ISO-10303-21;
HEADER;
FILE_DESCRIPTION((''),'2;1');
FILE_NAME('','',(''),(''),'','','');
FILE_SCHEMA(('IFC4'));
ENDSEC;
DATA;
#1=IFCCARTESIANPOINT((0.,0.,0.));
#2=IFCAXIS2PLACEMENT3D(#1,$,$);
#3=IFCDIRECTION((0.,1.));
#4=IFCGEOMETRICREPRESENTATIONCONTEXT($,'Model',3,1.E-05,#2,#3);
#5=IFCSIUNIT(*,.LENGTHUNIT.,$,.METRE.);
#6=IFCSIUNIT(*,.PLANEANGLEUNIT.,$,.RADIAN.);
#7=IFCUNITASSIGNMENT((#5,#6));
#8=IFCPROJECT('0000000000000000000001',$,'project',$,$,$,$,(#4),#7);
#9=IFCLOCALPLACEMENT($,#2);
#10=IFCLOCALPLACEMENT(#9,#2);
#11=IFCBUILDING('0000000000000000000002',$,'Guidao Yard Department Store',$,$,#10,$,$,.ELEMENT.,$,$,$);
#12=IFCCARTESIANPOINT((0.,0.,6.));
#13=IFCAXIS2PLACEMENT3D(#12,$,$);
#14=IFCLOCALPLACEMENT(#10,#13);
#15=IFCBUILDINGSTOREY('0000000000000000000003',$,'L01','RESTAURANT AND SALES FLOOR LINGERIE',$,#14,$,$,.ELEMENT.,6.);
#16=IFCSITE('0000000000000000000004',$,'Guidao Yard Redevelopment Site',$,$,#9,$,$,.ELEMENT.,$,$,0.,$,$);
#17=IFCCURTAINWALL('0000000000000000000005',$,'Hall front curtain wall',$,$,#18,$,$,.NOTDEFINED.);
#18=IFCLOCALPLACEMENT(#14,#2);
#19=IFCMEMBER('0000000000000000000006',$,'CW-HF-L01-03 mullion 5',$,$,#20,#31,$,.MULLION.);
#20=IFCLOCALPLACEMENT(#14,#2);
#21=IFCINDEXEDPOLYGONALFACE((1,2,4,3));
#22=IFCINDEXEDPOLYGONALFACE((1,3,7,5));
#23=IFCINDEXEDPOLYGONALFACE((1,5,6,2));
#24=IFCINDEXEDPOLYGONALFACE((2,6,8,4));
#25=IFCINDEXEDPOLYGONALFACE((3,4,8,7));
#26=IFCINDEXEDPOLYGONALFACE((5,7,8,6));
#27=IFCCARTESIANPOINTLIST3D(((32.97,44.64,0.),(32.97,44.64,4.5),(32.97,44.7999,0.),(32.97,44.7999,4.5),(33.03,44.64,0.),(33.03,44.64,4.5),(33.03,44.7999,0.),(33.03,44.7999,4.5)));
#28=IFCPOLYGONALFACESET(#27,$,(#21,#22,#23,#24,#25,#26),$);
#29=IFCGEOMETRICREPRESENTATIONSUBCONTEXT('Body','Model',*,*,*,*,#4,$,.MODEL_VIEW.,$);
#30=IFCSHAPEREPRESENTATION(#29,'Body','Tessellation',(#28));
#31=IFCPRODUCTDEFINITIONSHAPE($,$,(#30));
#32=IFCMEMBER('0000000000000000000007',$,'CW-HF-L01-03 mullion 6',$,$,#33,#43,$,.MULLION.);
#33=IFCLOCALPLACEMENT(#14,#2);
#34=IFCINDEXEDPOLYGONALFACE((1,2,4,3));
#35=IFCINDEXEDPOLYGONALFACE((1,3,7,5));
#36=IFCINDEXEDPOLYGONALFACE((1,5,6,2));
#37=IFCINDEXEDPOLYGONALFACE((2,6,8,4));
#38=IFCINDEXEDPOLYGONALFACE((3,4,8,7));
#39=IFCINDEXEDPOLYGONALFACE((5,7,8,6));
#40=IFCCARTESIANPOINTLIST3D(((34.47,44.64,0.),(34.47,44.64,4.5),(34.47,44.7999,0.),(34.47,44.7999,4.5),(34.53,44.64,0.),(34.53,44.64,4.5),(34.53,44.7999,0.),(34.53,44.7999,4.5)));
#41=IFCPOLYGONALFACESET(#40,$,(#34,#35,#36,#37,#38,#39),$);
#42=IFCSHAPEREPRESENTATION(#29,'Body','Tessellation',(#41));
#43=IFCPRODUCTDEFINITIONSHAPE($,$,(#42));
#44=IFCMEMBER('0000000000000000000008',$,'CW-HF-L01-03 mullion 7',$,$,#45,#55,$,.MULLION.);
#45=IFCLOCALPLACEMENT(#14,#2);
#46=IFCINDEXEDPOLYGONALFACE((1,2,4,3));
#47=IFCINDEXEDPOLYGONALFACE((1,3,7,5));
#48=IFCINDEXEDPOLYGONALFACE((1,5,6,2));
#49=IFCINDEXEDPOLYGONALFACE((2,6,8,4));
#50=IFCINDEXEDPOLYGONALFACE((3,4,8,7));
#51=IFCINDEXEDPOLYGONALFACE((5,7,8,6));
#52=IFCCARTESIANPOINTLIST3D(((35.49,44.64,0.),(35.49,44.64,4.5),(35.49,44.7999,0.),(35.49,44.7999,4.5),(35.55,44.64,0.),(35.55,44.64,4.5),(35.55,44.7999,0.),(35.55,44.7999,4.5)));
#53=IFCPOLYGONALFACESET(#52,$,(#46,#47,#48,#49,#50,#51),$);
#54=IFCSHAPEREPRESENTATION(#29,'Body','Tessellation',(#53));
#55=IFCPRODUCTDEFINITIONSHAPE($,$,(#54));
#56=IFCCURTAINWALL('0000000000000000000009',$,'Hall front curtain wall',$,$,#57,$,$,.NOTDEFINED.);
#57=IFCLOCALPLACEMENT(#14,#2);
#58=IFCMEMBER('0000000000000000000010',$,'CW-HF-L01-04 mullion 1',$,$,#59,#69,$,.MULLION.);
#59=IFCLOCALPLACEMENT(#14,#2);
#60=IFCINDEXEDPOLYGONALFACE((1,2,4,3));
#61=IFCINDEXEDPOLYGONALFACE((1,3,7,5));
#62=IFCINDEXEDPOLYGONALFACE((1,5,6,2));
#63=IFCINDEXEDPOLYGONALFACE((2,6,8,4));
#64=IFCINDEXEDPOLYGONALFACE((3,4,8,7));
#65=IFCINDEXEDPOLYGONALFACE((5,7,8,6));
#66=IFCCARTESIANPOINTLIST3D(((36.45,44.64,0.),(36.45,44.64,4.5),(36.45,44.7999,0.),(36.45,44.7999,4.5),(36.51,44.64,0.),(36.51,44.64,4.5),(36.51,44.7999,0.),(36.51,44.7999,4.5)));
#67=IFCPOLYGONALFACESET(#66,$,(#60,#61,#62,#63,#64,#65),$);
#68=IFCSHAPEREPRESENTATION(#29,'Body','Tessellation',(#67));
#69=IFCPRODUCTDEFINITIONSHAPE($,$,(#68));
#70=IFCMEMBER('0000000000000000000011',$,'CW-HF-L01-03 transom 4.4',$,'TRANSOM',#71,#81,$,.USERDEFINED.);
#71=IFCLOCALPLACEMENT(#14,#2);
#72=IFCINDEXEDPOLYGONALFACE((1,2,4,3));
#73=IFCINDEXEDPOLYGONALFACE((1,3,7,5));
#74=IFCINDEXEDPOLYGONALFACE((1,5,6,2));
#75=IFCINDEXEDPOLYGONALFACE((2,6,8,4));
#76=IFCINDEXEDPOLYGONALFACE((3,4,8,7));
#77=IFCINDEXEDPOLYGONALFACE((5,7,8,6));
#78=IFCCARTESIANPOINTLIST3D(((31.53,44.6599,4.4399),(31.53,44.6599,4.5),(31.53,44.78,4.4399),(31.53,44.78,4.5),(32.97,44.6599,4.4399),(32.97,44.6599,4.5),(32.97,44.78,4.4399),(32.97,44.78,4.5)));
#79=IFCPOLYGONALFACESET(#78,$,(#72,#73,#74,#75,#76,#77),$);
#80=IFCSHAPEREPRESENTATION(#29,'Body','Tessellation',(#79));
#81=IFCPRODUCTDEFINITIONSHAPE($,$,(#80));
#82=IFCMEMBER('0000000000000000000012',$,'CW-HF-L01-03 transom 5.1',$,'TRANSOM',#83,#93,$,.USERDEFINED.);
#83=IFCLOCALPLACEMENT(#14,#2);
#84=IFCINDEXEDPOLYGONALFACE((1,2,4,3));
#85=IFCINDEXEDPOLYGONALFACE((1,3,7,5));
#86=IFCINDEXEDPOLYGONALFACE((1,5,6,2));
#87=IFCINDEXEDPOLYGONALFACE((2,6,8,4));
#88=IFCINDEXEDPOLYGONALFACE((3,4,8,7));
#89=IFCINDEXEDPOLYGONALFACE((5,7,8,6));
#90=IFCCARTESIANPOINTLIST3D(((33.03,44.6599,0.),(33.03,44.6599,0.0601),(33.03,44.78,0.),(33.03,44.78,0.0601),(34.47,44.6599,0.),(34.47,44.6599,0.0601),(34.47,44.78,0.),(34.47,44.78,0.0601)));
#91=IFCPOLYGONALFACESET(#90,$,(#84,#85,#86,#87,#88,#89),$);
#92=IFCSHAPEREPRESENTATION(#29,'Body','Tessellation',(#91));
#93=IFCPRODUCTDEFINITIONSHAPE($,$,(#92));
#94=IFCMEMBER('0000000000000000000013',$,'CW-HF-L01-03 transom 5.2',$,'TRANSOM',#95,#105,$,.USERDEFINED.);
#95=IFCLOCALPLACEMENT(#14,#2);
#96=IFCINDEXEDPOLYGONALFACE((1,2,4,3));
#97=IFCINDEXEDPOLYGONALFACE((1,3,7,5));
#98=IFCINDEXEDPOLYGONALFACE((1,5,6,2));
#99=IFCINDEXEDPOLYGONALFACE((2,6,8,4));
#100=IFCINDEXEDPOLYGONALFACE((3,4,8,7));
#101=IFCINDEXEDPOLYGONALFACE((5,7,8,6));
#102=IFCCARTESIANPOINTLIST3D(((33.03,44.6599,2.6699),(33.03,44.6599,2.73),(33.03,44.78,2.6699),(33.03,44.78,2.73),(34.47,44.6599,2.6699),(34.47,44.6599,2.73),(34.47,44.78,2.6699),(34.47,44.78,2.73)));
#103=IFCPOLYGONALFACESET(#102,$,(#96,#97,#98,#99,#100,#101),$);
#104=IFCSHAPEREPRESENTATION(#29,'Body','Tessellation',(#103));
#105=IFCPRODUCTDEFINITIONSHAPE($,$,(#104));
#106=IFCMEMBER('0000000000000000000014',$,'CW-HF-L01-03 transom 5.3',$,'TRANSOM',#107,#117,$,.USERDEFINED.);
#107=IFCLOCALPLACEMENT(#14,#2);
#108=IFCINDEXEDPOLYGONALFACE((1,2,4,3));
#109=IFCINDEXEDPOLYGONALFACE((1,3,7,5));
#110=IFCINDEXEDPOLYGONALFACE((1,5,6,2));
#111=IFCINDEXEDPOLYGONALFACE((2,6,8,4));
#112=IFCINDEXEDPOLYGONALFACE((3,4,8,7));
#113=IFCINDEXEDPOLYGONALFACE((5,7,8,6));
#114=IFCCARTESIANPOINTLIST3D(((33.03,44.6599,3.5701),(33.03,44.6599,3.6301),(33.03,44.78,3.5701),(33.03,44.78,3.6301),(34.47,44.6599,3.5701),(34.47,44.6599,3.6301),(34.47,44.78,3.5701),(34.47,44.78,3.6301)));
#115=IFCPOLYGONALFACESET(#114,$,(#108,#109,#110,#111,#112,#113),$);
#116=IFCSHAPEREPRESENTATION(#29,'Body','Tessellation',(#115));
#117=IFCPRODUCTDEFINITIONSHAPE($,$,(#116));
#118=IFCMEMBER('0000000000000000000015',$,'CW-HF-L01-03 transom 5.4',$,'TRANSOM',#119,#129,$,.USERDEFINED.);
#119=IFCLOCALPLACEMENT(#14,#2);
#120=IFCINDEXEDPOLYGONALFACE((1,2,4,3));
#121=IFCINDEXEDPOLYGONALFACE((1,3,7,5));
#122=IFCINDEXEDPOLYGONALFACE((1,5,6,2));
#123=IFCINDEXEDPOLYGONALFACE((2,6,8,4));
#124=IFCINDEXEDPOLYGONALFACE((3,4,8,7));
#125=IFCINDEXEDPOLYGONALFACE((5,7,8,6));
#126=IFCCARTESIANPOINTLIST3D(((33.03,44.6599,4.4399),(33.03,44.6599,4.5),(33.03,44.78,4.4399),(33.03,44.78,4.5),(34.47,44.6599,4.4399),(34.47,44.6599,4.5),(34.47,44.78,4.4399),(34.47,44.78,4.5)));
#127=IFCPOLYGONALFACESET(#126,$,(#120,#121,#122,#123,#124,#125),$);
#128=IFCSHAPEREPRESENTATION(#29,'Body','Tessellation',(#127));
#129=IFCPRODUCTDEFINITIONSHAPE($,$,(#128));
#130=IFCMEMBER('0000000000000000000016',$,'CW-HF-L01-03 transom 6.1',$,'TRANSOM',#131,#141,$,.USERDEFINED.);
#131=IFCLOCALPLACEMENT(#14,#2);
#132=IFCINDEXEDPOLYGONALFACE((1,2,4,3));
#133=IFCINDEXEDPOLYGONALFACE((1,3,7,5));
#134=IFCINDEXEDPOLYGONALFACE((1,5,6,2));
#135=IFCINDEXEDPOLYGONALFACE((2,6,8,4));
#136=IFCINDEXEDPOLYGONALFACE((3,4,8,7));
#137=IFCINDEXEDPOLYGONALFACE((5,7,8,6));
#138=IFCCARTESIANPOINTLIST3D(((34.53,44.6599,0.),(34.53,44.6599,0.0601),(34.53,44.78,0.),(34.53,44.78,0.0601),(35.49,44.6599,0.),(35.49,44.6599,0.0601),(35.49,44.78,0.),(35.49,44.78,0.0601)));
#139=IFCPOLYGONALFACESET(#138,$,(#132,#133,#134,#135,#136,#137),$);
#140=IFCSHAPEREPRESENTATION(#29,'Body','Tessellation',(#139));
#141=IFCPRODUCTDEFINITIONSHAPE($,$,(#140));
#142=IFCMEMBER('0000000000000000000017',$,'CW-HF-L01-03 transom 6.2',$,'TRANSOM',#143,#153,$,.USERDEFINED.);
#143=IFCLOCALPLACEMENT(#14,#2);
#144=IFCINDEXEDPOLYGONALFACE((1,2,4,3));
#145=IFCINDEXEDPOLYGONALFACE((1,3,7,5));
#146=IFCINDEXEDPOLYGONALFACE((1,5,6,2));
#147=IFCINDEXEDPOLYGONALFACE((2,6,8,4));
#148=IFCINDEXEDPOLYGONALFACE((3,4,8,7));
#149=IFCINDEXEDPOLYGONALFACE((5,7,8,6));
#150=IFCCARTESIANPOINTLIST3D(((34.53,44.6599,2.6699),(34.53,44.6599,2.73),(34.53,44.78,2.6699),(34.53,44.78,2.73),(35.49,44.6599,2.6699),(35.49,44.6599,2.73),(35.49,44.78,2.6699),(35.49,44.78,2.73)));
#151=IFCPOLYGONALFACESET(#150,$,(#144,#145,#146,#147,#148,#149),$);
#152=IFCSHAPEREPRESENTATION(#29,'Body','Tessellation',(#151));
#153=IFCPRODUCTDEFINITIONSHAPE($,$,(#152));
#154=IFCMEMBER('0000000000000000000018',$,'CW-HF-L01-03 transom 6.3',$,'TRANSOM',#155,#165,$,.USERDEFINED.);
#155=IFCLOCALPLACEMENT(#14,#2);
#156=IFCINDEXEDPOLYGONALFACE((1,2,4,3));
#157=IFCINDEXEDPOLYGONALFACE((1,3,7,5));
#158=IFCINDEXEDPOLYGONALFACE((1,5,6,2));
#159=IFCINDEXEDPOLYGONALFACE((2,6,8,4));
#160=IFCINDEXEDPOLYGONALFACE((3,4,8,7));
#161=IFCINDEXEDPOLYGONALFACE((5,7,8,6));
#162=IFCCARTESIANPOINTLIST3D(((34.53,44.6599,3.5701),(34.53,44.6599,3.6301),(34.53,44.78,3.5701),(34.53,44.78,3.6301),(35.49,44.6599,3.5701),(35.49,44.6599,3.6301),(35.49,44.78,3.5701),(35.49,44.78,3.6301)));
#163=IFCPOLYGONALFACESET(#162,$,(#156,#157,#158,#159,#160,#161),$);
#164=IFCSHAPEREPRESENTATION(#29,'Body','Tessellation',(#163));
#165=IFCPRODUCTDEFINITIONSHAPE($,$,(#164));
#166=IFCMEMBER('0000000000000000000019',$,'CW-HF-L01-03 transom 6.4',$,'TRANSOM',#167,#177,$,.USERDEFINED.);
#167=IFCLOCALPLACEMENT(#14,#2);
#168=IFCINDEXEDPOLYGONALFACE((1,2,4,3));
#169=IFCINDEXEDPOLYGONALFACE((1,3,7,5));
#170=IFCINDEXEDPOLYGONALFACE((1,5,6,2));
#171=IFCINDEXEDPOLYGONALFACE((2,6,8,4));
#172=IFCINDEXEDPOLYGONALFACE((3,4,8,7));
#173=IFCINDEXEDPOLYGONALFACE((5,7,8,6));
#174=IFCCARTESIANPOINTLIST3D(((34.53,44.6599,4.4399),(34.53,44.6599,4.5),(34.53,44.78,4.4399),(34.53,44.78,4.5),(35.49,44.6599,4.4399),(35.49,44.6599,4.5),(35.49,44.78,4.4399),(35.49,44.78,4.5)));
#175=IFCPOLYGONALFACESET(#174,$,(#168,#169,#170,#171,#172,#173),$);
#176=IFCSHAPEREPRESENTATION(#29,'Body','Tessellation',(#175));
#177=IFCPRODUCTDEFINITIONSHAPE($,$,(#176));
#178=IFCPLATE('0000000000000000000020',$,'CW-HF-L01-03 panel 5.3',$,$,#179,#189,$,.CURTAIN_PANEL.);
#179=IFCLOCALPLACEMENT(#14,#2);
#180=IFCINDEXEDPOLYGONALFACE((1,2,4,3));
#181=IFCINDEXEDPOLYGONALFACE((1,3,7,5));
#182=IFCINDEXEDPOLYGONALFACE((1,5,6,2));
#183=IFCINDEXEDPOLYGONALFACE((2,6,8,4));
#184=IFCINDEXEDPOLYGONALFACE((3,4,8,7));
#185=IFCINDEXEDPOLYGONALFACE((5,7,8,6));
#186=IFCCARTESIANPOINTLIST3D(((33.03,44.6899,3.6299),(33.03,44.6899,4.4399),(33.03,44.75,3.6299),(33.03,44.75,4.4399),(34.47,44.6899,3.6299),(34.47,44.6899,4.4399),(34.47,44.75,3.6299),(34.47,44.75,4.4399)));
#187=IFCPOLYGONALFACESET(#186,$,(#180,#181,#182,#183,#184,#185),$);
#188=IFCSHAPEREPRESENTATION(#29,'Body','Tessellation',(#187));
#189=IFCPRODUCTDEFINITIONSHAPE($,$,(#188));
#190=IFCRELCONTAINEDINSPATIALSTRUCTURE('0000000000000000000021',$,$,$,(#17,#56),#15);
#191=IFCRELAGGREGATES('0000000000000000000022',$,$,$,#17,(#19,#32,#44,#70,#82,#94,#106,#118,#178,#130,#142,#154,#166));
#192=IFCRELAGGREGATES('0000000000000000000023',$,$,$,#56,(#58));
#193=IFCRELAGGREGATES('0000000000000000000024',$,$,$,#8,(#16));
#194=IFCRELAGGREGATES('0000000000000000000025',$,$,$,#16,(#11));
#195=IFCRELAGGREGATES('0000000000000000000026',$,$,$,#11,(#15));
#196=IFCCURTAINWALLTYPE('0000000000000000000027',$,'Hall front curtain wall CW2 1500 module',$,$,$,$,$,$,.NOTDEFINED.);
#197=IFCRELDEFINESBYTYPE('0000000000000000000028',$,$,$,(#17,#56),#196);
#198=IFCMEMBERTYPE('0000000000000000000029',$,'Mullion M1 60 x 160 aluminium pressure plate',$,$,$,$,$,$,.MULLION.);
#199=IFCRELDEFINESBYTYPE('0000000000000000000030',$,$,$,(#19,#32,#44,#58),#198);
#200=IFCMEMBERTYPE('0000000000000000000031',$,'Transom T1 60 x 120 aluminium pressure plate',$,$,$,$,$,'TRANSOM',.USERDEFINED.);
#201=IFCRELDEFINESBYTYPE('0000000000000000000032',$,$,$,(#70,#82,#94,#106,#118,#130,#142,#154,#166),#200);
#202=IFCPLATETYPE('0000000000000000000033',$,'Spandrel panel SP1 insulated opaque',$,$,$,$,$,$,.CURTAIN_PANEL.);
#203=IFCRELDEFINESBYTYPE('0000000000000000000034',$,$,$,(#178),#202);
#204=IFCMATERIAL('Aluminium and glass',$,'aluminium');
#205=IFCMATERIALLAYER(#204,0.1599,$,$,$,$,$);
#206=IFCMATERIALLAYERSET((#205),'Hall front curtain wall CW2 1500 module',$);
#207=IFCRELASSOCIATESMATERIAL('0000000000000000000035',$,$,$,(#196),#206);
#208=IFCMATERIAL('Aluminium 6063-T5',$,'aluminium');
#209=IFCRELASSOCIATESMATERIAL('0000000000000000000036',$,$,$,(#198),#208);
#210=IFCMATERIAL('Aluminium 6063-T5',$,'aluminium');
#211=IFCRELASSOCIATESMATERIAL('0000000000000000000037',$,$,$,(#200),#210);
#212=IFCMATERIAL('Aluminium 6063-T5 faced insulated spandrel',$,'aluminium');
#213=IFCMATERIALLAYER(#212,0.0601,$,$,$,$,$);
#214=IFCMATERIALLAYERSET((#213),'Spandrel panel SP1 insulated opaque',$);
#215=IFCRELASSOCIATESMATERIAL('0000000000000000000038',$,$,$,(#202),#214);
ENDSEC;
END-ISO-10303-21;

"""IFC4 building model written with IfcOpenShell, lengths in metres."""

from ifc_helpers import new_model, si_unit, direction, frame, origin, origin_2d, place, context, subcontext, project, spatial, rectangle, extrude, material, layer, layer_set, material_profile, profile_set, type_object, element, aggregate, save


model = new_model("IFC4")

# Units and contexts
model_context = context("Model", 3, precision=1e-05, world=origin(), true_north=direction((0.0, 1.0)))
body_context = subcontext(model_context, "Body", "Model", "MODEL_VIEW")
ifc_project = project(units=[si_unit("LENGTHUNIT", "METRE"), si_unit("PLANEANGLEUNIT", "RADIAN")], contexts=[model_context])

# Site, building, storey
site_placement = place(None, origin())
site = spatial("IfcSite", under=ifc_project, at=site_placement, Name="Guidao Yard Redevelopment Site", CompositionType="ELEMENT", RefElevation=0.0)
building_placement = place(site_placement, origin())
building = spatial("IfcBuilding", under=site, at=building_placement, Name="Guidao Yard Department Store", CompositionType="ELEMENT")
storey_placement = place(building_placement, frame((0.0, 0.0, 6.0)))
storey = spatial("IfcBuildingStorey", under=building, at=storey_placement, Name="L01", Description="RESTAURANT AND SALES FLOOR LINGERIE", CompositionType="ELEMENT", Elevation=6.0)

# Curtain wall, members
ifc_material_1 = material(Name="Aluminium and glass", Category="aluminium")
ifc_layer_1 = layer(ifc_material_1, 0.1599)
ifc_layer_set_1 = layer_set([ifc_layer_1], Name="Hall front curtain wall CW2 1500 module")
curtain_wall_type = type_object("IfcCurtainWallType", Name="Hall front curtain wall CW2 1500 module", PredefinedType="NOTDEFINED", material=ifc_layer_set_1)
curtain_wall_1_placement = place(storey_placement, origin())
curtain_wall_1 = element("IfcCurtainWall", 1, at=curtain_wall_1_placement, inside=storey, type_object=curtain_wall_type, Name="Hall front curtain wall", PredefinedType="NOTDEFINED")
ifc_material_2 = material(Name="Aluminium 6063-T5", Category="aluminium")
ifc_material_profile_1 = material_profile(ifc_material_2, rectangle(XDim=0.0601, YDim=0.1599, at=origin_2d()), Name="Mullion M1 60 x 160 aluminium pressure plate")
ifc_profile_set_1 = profile_set([ifc_material_profile_1], Name="Aluminium 6063-T5")
member_type_1 = type_object("IfcMemberType", Name="Mullion M1 60 x 160 aluminium pressure plate", PredefinedType="MULLION", material=ifc_profile_set_1)
member_1_placement = place(storey_placement, frame((33.0, 44.72, 0.0), z_axis=(0.0, 0.0, 1.0), x_axis=(-1.0, 0.0, 0.0)))
member_1 = element("IfcMember", 2, at=member_1_placement, type_object=member_type_1, Name="CW-HF-L01-03 mullion 5", PredefinedType="MULLION", context=body_context, shape_type="SweptSolid", body=[
    extrude(rectangle(XDim=0.0601, YDim=0.1599, at=origin_2d()), origin(), (0.0, 0.0, 1.0), 4.5),
])
member_2_placement = place(storey_placement, frame((34.5, 44.72, 0.0), z_axis=(0.0, 0.0, 1.0), x_axis=(-1.0, 0.0, 0.0)))
member_2 = element("IfcMember", 3, at=member_2_placement, type_object=member_type_1, Name="CW-HF-L01-03 mullion 6", PredefinedType="MULLION", context=body_context, shape_type="SweptSolid", body=[
    extrude(rectangle(XDim=0.0601, YDim=0.1599, at=origin_2d()), origin(), (0.0, 0.0, 1.0), 4.5),
])
member_3_placement = place(storey_placement, frame((35.52, 44.72, 0.0), z_axis=(0.0, 0.0, 1.0), x_axis=(-1.0, 0.0, 0.0)))
member_3 = element("IfcMember", 4, at=member_3_placement, type_object=member_type_1, Name="CW-HF-L01-03 mullion 7", PredefinedType="MULLION", context=body_context, shape_type="SweptSolid", body=[
    extrude(rectangle(XDim=0.0601, YDim=0.1599, at=origin_2d()), origin(), (0.0, 0.0, 1.0), 4.5),
])

# Curtain wall, member
curtain_wall_2_placement = place(storey_placement, origin())
curtain_wall_2 = element("IfcCurtainWall", 5, at=curtain_wall_2_placement, inside=storey, type_object=curtain_wall_type, Name="Hall front curtain wall", PredefinedType="NOTDEFINED")
member_4_placement = place(storey_placement, frame((36.48, 44.72, 0.0), z_axis=(0.0, 0.0, 1.0), x_axis=(-1.0, 0.0, 0.0)))
member_4 = element("IfcMember", 6, at=member_4_placement, type_object=member_type_1, Name="CW-HF-L01-04 mullion 1", PredefinedType="MULLION", context=body_context, shape_type="SweptSolid", body=[
    extrude(rectangle(XDim=0.0601, YDim=0.1599, at=origin_2d()), origin(), (0.0, 0.0, 1.0), 4.5),
])

# Members
ifc_material_3 = material(Name="Aluminium 6063-T5", Category="aluminium")
ifc_material_profile_2 = material_profile(ifc_material_3, rectangle(XDim=0.1201, YDim=0.0601, at=origin_2d()), Name="Transom T1 60 x 120 aluminium pressure plate")
ifc_profile_set_2 = profile_set([ifc_material_profile_2], Name="Aluminium 6063-T5")
member_type_2 = type_object("IfcMemberType", Name="Transom T1 60 x 120 aluminium pressure plate", ElementType="TRANSOM", PredefinedType="USERDEFINED", material=ifc_profile_set_2)
member_5_placement = place(storey_placement, frame((32.97, 44.72, 4.47), z_axis=(-1.0, 0.0, 0.0), x_axis=(0.0, -1.0, 0.0)))
member_5 = element("IfcMember", 7, at=member_5_placement, type_object=member_type_2, Name="CW-HF-L01-03 transom 4.4", ObjectType="TRANSOM", PredefinedType="USERDEFINED", context=body_context, shape_type="SweptSolid", body=[
    extrude(rectangle(XDim=0.1201, YDim=0.0601, at=origin_2d()), origin(), (0.0, 0.0, 1.0), 1.4399),
])
member_6_placement = place(storey_placement, frame((34.47, 44.72, 0.03), z_axis=(-1.0, 0.0, 0.0), x_axis=(0.0, -1.0, 0.0)))
member_6 = element("IfcMember", 8, at=member_6_placement, type_object=member_type_2, Name="CW-HF-L01-03 transom 5.1", ObjectType="TRANSOM", PredefinedType="USERDEFINED", context=body_context, shape_type="SweptSolid", body=[
    extrude(rectangle(XDim=0.1201, YDim=0.0601, at=origin_2d()), origin(), (0.0, 0.0, 1.0), 1.4399),
])
member_7_placement = place(storey_placement, frame((34.47, 44.72, 2.7), z_axis=(-1.0, 0.0, 0.0), x_axis=(0.0, -1.0, 0.0)))
member_7 = element("IfcMember", 9, at=member_7_placement, type_object=member_type_2, Name="CW-HF-L01-03 transom 5.2", ObjectType="TRANSOM", PredefinedType="USERDEFINED", context=body_context, shape_type="SweptSolid", body=[
    extrude(rectangle(XDim=0.1201, YDim=0.0601, at=origin_2d()), origin(), (0.0, 0.0, 1.0), 1.4399),
])
member_8_placement = place(storey_placement, frame((34.47, 44.72, 3.6001), z_axis=(-1.0, 0.0, 0.0), x_axis=(0.0, -1.0, 0.0)))
member_8 = element("IfcMember", 10, at=member_8_placement, type_object=member_type_2, Name="CW-HF-L01-03 transom 5.3", ObjectType="TRANSOM", PredefinedType="USERDEFINED", context=body_context, shape_type="SweptSolid", body=[
    extrude(rectangle(XDim=0.1201, YDim=0.0601, at=origin_2d()), origin(), (0.0, 0.0, 1.0), 1.4399),
])
member_9_placement = place(storey_placement, frame((34.47, 44.72, 4.47), z_axis=(-1.0, 0.0, 0.0), x_axis=(0.0, -1.0, 0.0)))
member_9 = element("IfcMember", 11, at=member_9_placement, type_object=member_type_2, Name="CW-HF-L01-03 transom 5.4", ObjectType="TRANSOM", PredefinedType="USERDEFINED", context=body_context, shape_type="SweptSolid", body=[
    extrude(rectangle(XDim=0.1201, YDim=0.0601, at=origin_2d()), origin(), (0.0, 0.0, 1.0), 1.4399),
])
member_10_placement = place(storey_placement, frame((35.49, 44.72, 0.03), z_axis=(-1.0, 0.0, 0.0), x_axis=(0.0, -1.0, 0.0)))
member_10 = element("IfcMember", 12, at=member_10_placement, type_object=member_type_2, Name="CW-HF-L01-03 transom 6.1", ObjectType="TRANSOM", PredefinedType="USERDEFINED", context=body_context, shape_type="SweptSolid", body=[
    extrude(rectangle(XDim=0.1201, YDim=0.0601, at=origin_2d()), origin(), (0.0, 0.0, 1.0), 0.96),
])
member_11_placement = place(storey_placement, frame((35.49, 44.72, 2.7), z_axis=(-1.0, 0.0, 0.0), x_axis=(0.0, -1.0, 0.0)))
member_11 = element("IfcMember", 13, at=member_11_placement, type_object=member_type_2, Name="CW-HF-L01-03 transom 6.2", ObjectType="TRANSOM", PredefinedType="USERDEFINED", context=body_context, shape_type="SweptSolid", body=[
    extrude(rectangle(XDim=0.1201, YDim=0.0601, at=origin_2d()), origin(), (0.0, 0.0, 1.0), 0.96),
])
member_12_placement = place(storey_placement, frame((35.49, 44.72, 3.6001), z_axis=(-1.0, 0.0, 0.0), x_axis=(0.0, -1.0, 0.0)))
member_12 = element("IfcMember", 14, at=member_12_placement, type_object=member_type_2, Name="CW-HF-L01-03 transom 6.3", ObjectType="TRANSOM", PredefinedType="USERDEFINED", context=body_context, shape_type="SweptSolid", body=[
    extrude(rectangle(XDim=0.1201, YDim=0.0601, at=origin_2d()), origin(), (0.0, 0.0, 1.0), 0.96),
])
member_13_placement = place(storey_placement, frame((35.49, 44.72, 4.47), z_axis=(-1.0, 0.0, 0.0), x_axis=(0.0, -1.0, 0.0)))
member_13 = element("IfcMember", 15, at=member_13_placement, type_object=member_type_2, Name="CW-HF-L01-03 transom 6.4", ObjectType="TRANSOM", PredefinedType="USERDEFINED", context=body_context, shape_type="SweptSolid", body=[
    extrude(rectangle(XDim=0.1201, YDim=0.0601, at=origin_2d()), origin(), (0.0, 0.0, 1.0), 0.96),
])

# Plate
ifc_material_4 = material(Name="Aluminium 6063-T5 faced insulated spandrel", Category="aluminium")
ifc_layer_2 = layer(ifc_material_4, 0.0601)
ifc_layer_set_2 = layer_set([ifc_layer_2], Name="Spandrel panel SP1 insulated opaque")
plate_type_1 = type_object("IfcPlateType", Name="Spandrel panel SP1 insulated opaque", PredefinedType="CURTAIN_PANEL", material=ifc_layer_set_2)
plate_1_placement = place(storey_placement, frame((33.75, 44.72, 3.6299), z_axis=(0.0, 0.0, 1.0), x_axis=(-1.0, 0.0, 0.0)))
plate_1 = element("IfcPlate", 16, at=plate_1_placement, type_object=plate_type_1, Name="CW-HF-L01-03 panel 5.3", PredefinedType="CURTAIN_PANEL", context=body_context, shape_type="SweptSolid", body=[
    extrude(rectangle(XDim=1.4399, YDim=0.0601, at=origin_2d()), origin(), (0.0, 0.0, 1.0), 0.8101),
])
aggregate(curtain_wall_1, [member_1, member_2, member_3, member_5, member_6, member_7, member_8, member_9, plate_1, member_10, member_11, member_12, member_13])
aggregate(curtain_wall_2, [member_4])

save(model, "model.ifc")
